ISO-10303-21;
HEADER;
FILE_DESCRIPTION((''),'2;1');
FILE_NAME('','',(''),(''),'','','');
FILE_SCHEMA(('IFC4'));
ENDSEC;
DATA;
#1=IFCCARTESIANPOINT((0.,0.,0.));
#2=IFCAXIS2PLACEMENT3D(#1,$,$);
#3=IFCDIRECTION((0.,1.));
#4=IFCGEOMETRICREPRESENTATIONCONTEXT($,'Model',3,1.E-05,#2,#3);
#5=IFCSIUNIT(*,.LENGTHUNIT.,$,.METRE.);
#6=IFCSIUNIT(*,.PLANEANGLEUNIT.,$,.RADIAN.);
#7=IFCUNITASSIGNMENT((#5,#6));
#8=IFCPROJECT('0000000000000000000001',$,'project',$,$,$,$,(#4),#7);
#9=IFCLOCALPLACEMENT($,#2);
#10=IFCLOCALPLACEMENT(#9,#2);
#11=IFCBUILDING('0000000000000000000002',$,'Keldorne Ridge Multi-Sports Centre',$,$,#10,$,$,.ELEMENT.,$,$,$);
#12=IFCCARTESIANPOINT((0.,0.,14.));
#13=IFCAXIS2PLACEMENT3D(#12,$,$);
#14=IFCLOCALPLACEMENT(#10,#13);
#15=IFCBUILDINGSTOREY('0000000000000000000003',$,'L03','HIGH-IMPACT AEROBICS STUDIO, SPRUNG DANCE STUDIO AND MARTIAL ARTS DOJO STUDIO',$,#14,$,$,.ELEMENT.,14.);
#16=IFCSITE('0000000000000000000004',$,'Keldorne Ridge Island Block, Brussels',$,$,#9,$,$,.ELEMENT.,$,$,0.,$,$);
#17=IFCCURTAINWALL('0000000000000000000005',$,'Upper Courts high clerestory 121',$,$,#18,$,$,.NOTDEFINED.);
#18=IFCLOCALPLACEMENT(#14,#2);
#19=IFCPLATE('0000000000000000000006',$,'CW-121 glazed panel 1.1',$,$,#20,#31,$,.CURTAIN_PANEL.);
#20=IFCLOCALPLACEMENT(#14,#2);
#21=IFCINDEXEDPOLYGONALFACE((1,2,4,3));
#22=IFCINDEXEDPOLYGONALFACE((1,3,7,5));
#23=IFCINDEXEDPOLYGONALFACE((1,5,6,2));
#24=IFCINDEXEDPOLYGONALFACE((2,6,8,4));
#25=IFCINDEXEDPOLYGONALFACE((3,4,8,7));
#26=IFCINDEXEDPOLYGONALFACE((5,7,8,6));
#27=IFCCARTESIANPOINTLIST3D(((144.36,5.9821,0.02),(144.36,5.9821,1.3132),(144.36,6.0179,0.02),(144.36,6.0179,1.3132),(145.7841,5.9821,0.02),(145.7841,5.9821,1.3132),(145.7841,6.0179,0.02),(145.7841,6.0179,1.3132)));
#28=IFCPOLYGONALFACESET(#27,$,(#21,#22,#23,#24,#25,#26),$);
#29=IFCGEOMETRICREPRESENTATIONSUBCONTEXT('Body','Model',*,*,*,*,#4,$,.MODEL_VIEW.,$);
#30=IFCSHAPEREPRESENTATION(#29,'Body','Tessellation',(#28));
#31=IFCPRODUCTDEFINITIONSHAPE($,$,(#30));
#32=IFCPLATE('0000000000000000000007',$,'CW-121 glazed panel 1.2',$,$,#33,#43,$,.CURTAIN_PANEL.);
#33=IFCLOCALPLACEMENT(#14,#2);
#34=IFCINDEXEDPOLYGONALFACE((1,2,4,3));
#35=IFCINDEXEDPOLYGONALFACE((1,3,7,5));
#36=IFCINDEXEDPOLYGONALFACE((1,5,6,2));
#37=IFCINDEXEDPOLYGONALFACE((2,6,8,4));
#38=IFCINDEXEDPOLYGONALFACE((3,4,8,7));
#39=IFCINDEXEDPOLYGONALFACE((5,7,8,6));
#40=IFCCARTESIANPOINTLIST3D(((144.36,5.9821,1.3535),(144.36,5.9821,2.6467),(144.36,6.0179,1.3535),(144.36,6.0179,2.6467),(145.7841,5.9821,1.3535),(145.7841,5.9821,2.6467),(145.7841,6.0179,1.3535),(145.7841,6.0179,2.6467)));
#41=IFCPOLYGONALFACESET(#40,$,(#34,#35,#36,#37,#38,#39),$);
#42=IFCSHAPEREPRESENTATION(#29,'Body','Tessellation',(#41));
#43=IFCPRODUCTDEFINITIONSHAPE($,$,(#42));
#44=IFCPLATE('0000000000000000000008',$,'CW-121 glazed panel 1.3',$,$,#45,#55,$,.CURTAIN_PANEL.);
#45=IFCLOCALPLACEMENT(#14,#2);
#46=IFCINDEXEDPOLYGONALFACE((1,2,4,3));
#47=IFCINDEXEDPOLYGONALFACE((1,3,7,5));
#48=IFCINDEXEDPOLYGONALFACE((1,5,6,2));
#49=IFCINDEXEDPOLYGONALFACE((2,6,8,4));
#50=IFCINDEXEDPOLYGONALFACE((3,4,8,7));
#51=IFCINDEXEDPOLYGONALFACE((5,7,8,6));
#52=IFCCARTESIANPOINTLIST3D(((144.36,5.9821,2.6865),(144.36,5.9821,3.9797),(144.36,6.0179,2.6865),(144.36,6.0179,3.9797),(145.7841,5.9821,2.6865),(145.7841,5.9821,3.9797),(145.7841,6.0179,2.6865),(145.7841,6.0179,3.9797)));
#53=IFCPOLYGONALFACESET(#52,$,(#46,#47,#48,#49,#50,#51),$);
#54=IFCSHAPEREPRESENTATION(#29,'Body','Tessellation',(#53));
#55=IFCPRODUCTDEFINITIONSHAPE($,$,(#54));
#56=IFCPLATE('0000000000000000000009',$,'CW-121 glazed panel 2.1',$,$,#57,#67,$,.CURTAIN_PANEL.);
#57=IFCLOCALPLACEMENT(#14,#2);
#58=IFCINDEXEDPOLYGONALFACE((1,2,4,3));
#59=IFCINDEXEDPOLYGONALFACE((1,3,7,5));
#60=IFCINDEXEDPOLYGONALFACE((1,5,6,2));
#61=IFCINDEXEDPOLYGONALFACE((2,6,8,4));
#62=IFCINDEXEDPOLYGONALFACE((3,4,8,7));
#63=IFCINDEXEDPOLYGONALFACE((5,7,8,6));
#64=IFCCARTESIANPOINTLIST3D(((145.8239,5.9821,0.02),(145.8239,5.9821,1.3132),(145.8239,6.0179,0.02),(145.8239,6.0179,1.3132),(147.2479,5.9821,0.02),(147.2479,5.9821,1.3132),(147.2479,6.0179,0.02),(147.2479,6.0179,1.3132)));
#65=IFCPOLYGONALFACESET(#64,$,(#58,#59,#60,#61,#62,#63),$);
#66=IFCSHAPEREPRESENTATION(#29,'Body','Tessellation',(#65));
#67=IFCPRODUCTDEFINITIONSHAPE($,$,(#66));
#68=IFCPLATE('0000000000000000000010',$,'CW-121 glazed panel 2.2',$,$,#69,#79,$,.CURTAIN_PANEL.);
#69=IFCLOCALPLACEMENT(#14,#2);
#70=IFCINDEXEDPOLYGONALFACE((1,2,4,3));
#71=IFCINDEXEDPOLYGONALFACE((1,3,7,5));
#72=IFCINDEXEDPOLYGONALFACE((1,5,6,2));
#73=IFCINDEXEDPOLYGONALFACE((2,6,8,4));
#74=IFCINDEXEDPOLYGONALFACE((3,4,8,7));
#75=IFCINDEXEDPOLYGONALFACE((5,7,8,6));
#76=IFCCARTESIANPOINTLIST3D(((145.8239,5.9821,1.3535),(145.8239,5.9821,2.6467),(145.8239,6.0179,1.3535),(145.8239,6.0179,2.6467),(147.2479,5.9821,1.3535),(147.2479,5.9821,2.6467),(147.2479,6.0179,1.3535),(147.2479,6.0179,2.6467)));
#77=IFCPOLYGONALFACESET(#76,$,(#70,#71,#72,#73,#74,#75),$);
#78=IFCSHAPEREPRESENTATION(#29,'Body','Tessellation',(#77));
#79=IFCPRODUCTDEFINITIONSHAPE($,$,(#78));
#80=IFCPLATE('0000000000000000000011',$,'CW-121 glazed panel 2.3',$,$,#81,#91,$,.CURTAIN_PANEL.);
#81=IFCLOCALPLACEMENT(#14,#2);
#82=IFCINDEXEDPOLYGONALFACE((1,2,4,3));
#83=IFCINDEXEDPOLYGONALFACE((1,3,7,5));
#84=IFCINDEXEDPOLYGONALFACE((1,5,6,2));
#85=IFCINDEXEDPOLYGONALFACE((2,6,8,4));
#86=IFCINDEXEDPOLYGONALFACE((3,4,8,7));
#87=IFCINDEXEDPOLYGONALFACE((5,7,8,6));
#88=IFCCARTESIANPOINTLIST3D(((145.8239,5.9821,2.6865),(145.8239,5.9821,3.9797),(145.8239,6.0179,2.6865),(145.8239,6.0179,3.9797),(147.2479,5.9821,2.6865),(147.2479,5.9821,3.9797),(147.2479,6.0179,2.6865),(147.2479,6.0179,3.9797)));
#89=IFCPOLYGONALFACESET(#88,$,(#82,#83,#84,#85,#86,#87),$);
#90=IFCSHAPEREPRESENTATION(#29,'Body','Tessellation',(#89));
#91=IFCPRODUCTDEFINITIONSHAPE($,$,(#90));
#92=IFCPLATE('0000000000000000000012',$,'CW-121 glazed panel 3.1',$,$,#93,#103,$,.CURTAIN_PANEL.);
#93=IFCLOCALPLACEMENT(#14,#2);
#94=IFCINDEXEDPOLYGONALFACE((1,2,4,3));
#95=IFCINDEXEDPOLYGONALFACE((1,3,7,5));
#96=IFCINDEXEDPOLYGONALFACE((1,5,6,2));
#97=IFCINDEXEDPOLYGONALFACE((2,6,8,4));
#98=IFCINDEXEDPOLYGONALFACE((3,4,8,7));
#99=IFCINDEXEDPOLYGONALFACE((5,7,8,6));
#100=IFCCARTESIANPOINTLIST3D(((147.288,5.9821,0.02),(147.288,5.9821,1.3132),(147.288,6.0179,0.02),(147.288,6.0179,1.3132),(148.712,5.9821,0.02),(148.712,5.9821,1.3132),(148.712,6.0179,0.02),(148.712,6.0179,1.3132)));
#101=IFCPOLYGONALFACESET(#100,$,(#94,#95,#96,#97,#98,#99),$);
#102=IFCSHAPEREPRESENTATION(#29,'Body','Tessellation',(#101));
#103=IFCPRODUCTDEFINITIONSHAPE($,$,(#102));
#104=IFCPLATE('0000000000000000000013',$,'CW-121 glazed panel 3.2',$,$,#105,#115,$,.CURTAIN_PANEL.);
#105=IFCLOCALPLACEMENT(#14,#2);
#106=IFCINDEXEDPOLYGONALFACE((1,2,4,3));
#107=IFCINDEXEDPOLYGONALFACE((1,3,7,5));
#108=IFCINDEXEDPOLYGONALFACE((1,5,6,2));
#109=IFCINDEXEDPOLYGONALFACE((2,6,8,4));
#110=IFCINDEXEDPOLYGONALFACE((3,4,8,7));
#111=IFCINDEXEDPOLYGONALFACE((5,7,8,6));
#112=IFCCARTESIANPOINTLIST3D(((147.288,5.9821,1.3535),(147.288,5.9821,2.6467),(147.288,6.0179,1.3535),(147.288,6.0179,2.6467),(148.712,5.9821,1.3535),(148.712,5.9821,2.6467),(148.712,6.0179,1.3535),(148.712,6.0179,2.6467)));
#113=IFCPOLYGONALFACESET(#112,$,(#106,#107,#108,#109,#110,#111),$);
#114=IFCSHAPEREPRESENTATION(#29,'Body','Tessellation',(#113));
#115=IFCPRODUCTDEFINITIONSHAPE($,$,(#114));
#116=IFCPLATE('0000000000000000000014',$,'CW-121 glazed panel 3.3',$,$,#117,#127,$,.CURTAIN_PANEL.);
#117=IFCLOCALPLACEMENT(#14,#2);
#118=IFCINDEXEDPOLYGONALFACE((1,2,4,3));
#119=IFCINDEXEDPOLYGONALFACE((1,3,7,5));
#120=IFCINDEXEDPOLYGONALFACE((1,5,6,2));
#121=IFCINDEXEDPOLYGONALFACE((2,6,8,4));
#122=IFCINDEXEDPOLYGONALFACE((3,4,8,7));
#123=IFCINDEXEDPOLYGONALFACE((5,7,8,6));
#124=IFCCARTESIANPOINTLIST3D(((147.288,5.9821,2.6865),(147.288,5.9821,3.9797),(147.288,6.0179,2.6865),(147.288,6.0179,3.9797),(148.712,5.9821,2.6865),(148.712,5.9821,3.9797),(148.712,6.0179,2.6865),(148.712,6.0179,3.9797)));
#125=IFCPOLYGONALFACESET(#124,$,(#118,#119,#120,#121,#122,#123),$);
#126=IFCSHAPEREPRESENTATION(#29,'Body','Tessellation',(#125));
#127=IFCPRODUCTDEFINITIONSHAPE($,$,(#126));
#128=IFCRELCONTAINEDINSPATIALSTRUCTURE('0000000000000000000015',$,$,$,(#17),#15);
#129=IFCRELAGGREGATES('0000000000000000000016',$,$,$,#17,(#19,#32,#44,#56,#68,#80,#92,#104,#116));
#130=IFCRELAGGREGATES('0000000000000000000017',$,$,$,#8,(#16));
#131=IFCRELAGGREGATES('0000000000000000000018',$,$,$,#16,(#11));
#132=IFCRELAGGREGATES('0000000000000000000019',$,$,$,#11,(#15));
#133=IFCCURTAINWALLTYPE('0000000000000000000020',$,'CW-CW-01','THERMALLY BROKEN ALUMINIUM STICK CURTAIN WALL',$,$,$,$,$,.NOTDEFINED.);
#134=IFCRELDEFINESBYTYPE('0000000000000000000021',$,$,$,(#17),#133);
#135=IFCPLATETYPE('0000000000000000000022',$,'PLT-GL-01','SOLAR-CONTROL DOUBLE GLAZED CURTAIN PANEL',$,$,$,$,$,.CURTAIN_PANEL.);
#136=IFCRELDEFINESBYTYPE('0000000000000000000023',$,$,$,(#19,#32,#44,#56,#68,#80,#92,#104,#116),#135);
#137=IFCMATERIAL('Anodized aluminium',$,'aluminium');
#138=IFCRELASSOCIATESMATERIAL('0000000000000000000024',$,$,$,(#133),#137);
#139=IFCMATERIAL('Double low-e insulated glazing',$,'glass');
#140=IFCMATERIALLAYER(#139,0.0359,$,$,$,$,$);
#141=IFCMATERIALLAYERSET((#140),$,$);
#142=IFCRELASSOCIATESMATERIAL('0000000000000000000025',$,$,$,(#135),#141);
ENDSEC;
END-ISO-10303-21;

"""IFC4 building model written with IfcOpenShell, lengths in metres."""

from ifc_helpers import new_model, si_unit, direction, frame, origin, origin_2d, place, context, subcontext, project, spatial, rectangle, extrude, material, layer, layer_set, type_object, element, aggregate, save


model = new_model("IFC4")

# Units and contexts
model_context = context("Model", 3, precision=1e-05, world=origin(), true_north=direction((0.0, 1.0)))
body_context = subcontext(model_context, "Body", "Model", "MODEL_VIEW")
ifc_project = project(units=[si_unit("LENGTHUNIT", "METRE"), si_unit("PLANEANGLEUNIT", "RADIAN")], contexts=[model_context])

# Site, building, storey
site_placement = place(None, origin())
site = spatial("IfcSite", under=ifc_project, at=site_placement, Name="Keldorne Ridge Island Block, Brussels", CompositionType="ELEMENT", RefElevation=0.0)
building_placement = place(site_placement, origin())
building = spatial("IfcBuilding", under=site, at=building_placement, Name="Keldorne Ridge Multi-Sports Centre", CompositionType="ELEMENT")
storey_placement = place(building_placement, frame((0.0, 0.0, 14.0)))
storey = spatial("IfcBuildingStorey", under=building, at=storey_placement, Name="L03", Description="HIGH-IMPACT AEROBICS STUDIO, SPRUNG DANCE STUDIO AND MARTIAL ARTS DOJO STUDIO", CompositionType="ELEMENT", Elevation=14.0)

# Curtain wall
ifc_material_1 = material(Name="Anodized aluminium", Category="aluminium")
curtain_wall_type = type_object("IfcCurtainWallType", Name="CW-CW-01", Description="THERMALLY BROKEN ALUMINIUM STICK CURTAIN WALL", PredefinedType="NOTDEFINED", material=ifc_material_1)
curtain_wall_placement = place(storey_placement, origin())
curtain_wall = element("IfcCurtainWall", 1, at=curtain_wall_placement, inside=storey, type_object=curtain_wall_type, Name="Upper Courts high clerestory 121", PredefinedType="NOTDEFINED")

# Plates
ifc_material_2 = material(Name="Double low-e insulated glazing", Category="glass")
ifc_layer = layer(ifc_material_2, 0.0359)
ifc_layer_set = layer_set([ifc_layer])
plate_type = type_object("IfcPlateType", Name="PLT-GL-01", Description="SOLAR-CONTROL DOUBLE GLAZED CURTAIN PANEL", PredefinedType="CURTAIN_PANEL", material=ifc_layer_set)
plate_1_placement = place(storey_placement, frame((145.072, 6.0, 0.02), z_axis=(0.0, 0.0, 1.0), x_axis=(1.0, 0.0, 0.0)))
plate_1 = element("IfcPlate", 2, at=plate_1_placement, type_object=plate_type, Name="CW-121 glazed panel 1.1", PredefinedType="CURTAIN_PANEL", context=body_context, shape_type="SweptSolid", body=[
    extrude(rectangle(XDim=1.4241, YDim=0.0359, at=origin_2d()), origin(), (0.0, 0.0, 1.0), 1.2932),
])
plate_2_placement = place(storey_placement, frame((145.072, 6.0, 1.3535), z_axis=(0.0, 0.0, 1.0), x_axis=(1.0, 0.0, 0.0)))
plate_2 = element("IfcPlate", 3, at=plate_2_placement, type_object=plate_type, Name="CW-121 glazed panel 1.2", PredefinedType="CURTAIN_PANEL", context=body_context, shape_type="SweptSolid", body=[
    extrude(rectangle(XDim=1.4241, YDim=0.0359, at=origin_2d()), origin(), (0.0, 0.0, 1.0), 1.2932),
])
plate_3_placement = place(storey_placement, frame((145.072, 6.0, 2.6865), z_axis=(0.0, 0.0, 1.0), x_axis=(1.0, 0.0, 0.0)))
plate_3 = element("IfcPlate", 4, at=plate_3_placement, type_object=plate_type, Name="CW-121 glazed panel 1.3", PredefinedType="CURTAIN_PANEL", context=body_context, shape_type="SweptSolid", body=[
    extrude(rectangle(XDim=1.4241, YDim=0.0359, at=origin_2d()), origin(), (0.0, 0.0, 1.0), 1.2932),
])
plate_4_placement = place(storey_placement, frame((146.5359, 6.0, 0.02), z_axis=(0.0, 0.0, 1.0), x_axis=(1.0, 0.0, 0.0)))
plate_4 = element("IfcPlate", 5, at=plate_4_placement, type_object=plate_type, Name="CW-121 glazed panel 2.1", PredefinedType="CURTAIN_PANEL", context=body_context, shape_type="SweptSolid", body=[
    extrude(rectangle(XDim=1.4241, YDim=0.0359, at=origin_2d()), origin(), (0.0, 0.0, 1.0), 1.2932),
])
plate_5_placement = place(storey_placement, frame((146.5359, 6.0, 1.3535), z_axis=(0.0, 0.0, 1.0), x_axis=(1.0, 0.0, 0.0)))
plate_5 = element("IfcPlate", 6, at=plate_5_placement, type_object=plate_type, Name="CW-121 glazed panel 2.2", PredefinedType="CURTAIN_PANEL", context=body_context, shape_type="SweptSolid", body=[
    extrude(rectangle(XDim=1.4241, YDim=0.0359, at=origin_2d()), origin(), (0.0, 0.0, 1.0), 1.2932),
])
plate_6_placement = place(storey_placement, frame((146.5359, 6.0, 2.6865), z_axis=(0.0, 0.0, 1.0), x_axis=(1.0, 0.0, 0.0)))
plate_6 = element("IfcPlate", 7, at=plate_6_placement, type_object=plate_type, Name="CW-121 glazed panel 2.3", PredefinedType="CURTAIN_PANEL", context=body_context, shape_type="SweptSolid", body=[
    extrude(rectangle(XDim=1.4241, YDim=0.0359, at=origin_2d()), origin(), (0.0, 0.0, 1.0), 1.2932),
])
plate_7_placement = place(storey_placement, frame((148.0, 6.0, 0.02), z_axis=(0.0, 0.0, 1.0), x_axis=(1.0, 0.0, 0.0)))
plate_7 = element("IfcPlate", 8, at=plate_7_placement, type_object=plate_type, Name="CW-121 glazed panel 3.1", PredefinedType="CURTAIN_PANEL", context=body_context, shape_type="SweptSolid", body=[
    extrude(rectangle(XDim=1.4241, YDim=0.0359, at=origin_2d()), origin(), (0.0, 0.0, 1.0), 1.2932),
])
plate_8_placement = place(storey_placement, frame((148.0, 6.0, 1.3535), z_axis=(0.0, 0.0, 1.0), x_axis=(1.0, 0.0, 0.0)))
plate_8 = element("IfcPlate", 9, at=plate_8_placement, type_object=plate_type, Name="CW-121 glazed panel 3.2", PredefinedType="CURTAIN_PANEL", context=body_context, shape_type="SweptSolid", body=[
    extrude(rectangle(XDim=1.4241, YDim=0.0359, at=origin_2d()), origin(), (0.0, 0.0, 1.0), 1.2932),
])
plate_9_placement = place(storey_placement, frame((148.0, 6.0, 2.6865), z_axis=(0.0, 0.0, 1.0), x_axis=(1.0, 0.0, 0.0)))
plate_9 = element("IfcPlate", 10, at=plate_9_placement, type_object=plate_type, Name="CW-121 glazed panel 3.3", PredefinedType="CURTAIN_PANEL", context=body_context, shape_type="SweptSolid", body=[
    extrude(rectangle(XDim=1.4241, YDim=0.0359, at=origin_2d()), origin(), (0.0, 0.0, 1.0), 1.2932),
])
aggregate(curtain_wall, [plate_1, plate_2, plate_3, plate_4, plate_5, plate_6, plate_7, plate_8, plate_9])

save(model, "model.ifc")
